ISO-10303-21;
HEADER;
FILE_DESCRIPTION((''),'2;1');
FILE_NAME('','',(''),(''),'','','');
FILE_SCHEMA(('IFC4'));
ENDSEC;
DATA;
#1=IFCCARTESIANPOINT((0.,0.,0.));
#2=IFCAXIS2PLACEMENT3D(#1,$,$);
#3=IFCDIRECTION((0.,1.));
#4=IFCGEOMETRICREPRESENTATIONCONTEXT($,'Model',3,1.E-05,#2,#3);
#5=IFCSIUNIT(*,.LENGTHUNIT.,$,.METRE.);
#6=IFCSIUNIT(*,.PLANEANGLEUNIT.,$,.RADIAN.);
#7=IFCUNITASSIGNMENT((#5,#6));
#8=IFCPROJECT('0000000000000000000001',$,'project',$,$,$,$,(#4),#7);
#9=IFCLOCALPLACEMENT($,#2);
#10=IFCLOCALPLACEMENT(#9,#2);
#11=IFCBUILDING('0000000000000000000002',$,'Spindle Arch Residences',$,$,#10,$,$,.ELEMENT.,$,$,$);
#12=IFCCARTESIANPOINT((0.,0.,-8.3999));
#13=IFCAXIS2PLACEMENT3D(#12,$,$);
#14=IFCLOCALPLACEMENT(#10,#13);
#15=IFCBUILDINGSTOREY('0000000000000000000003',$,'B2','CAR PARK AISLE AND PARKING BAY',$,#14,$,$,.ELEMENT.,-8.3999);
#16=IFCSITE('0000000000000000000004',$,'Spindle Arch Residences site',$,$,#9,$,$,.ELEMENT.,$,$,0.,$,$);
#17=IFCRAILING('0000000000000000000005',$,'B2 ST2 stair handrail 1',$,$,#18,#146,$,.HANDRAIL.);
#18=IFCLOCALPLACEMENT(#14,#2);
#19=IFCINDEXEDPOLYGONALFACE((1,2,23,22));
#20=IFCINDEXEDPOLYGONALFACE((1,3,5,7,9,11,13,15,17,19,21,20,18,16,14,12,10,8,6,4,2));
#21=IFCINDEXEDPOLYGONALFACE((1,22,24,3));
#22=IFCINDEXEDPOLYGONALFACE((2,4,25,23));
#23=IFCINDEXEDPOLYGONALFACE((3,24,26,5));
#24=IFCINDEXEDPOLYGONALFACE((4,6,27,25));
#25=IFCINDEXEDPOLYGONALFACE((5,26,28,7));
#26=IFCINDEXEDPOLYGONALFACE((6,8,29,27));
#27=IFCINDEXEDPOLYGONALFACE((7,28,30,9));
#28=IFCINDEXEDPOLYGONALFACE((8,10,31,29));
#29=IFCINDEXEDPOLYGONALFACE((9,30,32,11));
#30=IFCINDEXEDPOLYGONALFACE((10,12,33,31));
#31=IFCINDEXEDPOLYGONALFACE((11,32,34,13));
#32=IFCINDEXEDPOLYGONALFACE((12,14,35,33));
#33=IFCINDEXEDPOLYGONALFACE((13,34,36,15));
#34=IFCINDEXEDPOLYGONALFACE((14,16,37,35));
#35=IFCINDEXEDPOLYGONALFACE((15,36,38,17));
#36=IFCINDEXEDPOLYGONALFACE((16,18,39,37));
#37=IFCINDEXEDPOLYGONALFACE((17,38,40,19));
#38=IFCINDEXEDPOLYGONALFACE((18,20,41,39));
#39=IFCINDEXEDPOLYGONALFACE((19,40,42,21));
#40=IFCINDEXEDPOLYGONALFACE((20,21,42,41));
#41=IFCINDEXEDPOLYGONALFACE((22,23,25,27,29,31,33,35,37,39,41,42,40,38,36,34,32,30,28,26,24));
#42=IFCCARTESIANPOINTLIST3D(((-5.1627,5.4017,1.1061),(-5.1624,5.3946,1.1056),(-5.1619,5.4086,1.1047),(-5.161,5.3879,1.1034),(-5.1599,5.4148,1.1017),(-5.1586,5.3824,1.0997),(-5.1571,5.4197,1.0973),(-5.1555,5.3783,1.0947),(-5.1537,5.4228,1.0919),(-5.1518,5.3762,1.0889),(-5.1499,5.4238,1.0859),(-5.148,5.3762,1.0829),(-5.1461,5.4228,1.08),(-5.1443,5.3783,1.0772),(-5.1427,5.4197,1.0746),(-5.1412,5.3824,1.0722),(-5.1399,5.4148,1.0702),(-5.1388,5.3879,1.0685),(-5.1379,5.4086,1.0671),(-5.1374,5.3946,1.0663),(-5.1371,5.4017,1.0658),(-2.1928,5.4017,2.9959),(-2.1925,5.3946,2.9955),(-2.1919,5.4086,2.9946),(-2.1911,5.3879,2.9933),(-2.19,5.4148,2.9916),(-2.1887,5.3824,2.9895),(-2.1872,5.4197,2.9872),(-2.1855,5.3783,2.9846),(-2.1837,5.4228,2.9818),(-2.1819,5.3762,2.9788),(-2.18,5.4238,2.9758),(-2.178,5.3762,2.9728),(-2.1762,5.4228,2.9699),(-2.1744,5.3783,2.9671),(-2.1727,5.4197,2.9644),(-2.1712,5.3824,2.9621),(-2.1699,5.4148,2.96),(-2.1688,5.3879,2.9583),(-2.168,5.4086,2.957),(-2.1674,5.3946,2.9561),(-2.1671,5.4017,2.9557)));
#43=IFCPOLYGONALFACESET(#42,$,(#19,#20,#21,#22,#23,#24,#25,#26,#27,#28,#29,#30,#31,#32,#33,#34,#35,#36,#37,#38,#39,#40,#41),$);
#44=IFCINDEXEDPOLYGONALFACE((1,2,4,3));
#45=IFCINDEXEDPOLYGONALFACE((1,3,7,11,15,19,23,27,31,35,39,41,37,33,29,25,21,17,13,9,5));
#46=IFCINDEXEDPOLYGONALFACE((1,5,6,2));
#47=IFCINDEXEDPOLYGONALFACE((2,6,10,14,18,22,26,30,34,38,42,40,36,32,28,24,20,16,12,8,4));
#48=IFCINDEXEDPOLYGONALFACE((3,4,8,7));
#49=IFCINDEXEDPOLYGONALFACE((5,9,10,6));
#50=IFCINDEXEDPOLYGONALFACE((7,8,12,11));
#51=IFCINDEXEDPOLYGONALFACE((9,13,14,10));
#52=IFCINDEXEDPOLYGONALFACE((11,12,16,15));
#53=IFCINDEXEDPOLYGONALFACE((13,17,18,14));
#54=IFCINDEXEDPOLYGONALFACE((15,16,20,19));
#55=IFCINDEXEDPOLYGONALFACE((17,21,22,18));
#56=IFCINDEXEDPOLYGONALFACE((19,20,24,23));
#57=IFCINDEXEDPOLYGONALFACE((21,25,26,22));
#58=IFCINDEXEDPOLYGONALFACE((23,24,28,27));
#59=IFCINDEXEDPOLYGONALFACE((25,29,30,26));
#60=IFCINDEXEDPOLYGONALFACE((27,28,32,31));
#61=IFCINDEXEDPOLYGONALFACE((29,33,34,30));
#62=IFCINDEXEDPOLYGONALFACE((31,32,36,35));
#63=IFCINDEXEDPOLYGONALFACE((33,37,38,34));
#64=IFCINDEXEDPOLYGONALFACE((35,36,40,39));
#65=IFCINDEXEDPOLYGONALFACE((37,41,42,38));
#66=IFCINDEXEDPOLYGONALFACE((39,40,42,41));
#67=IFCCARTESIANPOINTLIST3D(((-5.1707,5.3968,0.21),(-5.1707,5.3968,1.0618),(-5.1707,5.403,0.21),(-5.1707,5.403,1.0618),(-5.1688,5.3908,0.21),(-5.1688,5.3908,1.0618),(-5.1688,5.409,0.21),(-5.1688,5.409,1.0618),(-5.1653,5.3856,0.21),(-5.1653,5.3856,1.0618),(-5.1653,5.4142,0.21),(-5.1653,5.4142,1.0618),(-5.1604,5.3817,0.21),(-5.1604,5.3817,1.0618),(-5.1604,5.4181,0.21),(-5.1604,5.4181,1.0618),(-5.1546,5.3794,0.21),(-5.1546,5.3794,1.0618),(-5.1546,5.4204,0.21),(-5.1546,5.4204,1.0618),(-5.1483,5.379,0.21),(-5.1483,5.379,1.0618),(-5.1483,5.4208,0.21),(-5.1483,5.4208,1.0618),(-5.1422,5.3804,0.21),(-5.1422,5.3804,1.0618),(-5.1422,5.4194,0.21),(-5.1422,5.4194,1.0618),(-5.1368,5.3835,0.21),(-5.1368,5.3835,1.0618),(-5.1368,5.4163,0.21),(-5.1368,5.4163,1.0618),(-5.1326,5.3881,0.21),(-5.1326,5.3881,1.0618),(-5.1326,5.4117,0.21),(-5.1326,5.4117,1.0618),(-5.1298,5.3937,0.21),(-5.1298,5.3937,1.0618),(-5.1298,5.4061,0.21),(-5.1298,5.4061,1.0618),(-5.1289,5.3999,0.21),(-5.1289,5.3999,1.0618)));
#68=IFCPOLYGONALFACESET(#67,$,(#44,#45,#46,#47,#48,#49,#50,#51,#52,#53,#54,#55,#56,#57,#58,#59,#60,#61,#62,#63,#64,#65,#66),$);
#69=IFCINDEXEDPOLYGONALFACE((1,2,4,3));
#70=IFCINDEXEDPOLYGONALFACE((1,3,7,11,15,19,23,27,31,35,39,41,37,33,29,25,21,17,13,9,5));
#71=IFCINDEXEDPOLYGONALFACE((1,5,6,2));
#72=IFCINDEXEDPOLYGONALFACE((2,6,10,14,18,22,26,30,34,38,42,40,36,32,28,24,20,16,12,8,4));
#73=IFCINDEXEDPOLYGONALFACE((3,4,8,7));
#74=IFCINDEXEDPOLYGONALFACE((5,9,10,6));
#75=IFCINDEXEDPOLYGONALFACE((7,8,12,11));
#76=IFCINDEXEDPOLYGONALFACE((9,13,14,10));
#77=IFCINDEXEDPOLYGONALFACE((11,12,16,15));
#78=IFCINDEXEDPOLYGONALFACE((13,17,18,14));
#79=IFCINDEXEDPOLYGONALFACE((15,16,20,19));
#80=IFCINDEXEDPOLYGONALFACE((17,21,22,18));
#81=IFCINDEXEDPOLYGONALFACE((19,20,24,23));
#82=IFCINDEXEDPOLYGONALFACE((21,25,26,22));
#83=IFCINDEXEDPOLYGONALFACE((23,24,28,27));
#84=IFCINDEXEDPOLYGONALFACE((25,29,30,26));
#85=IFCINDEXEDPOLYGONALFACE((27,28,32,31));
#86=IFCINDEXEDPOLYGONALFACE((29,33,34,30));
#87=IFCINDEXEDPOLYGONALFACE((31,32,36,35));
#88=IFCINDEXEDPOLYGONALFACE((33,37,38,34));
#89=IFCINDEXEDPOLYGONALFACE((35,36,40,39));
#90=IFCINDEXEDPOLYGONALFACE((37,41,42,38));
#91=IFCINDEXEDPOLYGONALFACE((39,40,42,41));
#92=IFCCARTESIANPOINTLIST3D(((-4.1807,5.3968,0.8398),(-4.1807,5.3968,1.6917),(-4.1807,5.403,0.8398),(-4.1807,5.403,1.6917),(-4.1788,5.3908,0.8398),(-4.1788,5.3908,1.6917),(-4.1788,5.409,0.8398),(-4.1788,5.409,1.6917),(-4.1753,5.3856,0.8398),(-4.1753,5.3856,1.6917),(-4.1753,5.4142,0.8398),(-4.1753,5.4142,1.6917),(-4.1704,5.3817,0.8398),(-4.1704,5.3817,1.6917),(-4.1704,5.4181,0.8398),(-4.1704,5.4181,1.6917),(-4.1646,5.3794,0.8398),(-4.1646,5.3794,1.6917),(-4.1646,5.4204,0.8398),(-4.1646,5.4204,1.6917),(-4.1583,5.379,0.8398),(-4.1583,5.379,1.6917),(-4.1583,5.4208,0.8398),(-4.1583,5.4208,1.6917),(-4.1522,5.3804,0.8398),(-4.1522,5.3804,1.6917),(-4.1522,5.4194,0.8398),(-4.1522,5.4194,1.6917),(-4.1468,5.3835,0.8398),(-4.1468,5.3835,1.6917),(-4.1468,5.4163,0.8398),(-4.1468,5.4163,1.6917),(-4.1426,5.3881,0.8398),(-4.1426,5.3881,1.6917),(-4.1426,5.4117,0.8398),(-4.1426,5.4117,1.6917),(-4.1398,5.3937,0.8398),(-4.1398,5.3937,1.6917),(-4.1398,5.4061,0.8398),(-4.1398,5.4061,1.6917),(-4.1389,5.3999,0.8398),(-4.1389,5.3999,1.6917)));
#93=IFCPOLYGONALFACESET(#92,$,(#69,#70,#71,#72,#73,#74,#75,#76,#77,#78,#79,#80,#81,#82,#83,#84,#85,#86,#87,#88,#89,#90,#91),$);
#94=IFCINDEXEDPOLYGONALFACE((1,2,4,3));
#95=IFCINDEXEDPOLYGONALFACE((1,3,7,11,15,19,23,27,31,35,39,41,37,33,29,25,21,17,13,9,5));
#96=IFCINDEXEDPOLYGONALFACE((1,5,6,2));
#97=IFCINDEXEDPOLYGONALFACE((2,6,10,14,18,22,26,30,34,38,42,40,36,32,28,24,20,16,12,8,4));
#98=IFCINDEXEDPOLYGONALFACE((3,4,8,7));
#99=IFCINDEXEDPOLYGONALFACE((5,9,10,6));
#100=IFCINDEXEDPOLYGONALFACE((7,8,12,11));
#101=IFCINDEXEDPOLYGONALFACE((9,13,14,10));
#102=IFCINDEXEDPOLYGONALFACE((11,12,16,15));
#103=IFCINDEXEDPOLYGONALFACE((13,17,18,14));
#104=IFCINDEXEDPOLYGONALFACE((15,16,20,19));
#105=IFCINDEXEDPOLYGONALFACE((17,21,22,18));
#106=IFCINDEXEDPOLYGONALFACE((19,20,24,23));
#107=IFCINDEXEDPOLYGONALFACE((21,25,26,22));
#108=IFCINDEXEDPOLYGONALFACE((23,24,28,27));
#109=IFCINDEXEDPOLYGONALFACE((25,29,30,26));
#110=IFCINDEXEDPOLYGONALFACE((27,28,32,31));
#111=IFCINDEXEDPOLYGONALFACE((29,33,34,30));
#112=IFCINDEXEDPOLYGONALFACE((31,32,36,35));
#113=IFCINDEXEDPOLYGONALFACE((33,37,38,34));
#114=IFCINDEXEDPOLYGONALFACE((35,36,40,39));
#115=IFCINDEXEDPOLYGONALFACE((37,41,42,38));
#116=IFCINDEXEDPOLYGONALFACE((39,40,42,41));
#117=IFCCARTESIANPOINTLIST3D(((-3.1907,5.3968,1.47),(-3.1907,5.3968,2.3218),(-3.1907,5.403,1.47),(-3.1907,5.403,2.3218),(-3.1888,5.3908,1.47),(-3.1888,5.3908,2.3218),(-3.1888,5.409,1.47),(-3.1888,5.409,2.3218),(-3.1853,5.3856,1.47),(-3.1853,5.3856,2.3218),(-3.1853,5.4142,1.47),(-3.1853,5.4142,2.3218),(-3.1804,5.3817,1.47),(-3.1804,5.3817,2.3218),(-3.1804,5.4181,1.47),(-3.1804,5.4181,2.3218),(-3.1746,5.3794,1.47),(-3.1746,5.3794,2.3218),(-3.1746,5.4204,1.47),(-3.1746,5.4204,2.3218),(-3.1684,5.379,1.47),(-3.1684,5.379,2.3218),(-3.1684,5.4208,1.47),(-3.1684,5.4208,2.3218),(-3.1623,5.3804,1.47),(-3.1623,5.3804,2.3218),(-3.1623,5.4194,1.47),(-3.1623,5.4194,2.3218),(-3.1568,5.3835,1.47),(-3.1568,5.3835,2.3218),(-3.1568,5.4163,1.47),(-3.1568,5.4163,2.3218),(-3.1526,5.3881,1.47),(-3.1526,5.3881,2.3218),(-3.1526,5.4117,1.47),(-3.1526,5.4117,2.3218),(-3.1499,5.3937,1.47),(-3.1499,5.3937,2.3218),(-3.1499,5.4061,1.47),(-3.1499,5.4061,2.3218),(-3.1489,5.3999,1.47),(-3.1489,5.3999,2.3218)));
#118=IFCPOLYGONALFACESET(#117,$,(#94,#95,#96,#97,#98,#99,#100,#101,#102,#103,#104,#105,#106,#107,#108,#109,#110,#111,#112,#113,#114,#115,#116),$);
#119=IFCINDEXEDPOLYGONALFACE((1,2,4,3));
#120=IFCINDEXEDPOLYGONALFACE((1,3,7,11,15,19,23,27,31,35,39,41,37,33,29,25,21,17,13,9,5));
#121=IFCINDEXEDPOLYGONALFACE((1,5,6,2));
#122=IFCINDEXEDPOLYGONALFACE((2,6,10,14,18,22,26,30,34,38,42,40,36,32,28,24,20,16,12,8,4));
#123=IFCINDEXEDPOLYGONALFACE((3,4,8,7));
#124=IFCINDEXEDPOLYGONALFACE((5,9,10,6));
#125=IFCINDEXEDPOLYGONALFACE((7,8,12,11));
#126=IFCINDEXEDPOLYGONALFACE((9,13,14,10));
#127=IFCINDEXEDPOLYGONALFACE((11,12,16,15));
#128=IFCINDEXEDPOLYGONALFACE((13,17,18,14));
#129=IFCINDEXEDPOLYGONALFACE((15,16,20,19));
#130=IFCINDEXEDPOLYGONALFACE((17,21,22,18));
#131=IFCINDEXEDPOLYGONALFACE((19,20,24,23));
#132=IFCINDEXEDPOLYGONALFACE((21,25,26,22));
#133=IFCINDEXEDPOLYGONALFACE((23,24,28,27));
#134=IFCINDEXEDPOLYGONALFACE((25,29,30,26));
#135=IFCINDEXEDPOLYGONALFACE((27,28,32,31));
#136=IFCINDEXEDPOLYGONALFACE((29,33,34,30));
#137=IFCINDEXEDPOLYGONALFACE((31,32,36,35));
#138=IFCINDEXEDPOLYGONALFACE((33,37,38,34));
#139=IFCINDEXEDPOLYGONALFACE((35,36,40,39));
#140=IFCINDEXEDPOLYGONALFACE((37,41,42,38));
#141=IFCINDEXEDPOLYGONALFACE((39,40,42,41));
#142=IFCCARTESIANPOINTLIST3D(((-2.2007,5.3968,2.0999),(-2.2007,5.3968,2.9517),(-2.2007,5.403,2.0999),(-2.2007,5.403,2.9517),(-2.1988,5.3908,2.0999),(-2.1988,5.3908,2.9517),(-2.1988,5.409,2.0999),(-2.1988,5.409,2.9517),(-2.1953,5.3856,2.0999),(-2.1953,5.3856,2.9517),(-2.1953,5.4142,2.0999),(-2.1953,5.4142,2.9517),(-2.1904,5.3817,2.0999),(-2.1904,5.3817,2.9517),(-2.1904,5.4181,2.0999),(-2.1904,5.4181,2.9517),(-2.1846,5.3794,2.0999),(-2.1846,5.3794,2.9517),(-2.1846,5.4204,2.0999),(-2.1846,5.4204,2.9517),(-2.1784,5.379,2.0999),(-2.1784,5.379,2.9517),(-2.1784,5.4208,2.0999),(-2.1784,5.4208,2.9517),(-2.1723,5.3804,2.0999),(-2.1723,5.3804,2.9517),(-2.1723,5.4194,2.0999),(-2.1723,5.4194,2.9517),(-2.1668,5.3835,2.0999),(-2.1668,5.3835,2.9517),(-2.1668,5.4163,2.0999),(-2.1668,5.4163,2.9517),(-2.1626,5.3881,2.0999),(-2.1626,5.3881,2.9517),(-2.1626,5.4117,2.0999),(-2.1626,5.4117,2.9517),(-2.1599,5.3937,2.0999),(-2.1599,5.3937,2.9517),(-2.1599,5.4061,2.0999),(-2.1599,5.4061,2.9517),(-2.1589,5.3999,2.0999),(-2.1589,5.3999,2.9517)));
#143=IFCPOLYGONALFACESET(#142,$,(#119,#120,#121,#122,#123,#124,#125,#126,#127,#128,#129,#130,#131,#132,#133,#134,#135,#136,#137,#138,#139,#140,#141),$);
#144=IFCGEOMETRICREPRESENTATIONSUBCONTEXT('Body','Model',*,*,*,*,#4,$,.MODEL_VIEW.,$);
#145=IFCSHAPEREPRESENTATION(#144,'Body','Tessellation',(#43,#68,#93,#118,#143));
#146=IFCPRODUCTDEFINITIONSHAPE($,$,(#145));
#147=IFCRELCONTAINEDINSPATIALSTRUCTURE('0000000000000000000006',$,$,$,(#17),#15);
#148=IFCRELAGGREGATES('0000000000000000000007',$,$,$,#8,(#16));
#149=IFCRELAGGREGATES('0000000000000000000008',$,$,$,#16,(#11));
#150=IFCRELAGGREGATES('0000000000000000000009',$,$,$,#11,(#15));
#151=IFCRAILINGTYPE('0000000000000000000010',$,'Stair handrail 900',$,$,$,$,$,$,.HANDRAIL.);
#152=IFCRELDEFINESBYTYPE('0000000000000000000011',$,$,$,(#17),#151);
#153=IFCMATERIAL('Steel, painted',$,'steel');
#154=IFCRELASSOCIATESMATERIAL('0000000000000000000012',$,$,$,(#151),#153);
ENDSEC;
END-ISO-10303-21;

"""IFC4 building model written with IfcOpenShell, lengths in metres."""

from ifc_helpers import new_model, si_unit, direction, frame, origin, origin_2d, place, context, subcontext, project, spatial, circle, extrude, material, type_object, element, save


model = new_model("IFC4")

# Units and contexts
model_context = context("Model", 3, precision=1e-05, world=origin(), true_north=direction((0.0, 1.0)))
body_context = subcontext(model_context, "Body", "Model", "MODEL_VIEW")
ifc_project = project(units=[si_unit("LENGTHUNIT", "METRE"), si_unit("PLANEANGLEUNIT", "RADIAN")], contexts=[model_context])

# Site, building, storey
site_placement = place(None, origin())
site = spatial("IfcSite", under=ifc_project, at=site_placement, Name="Spindle Arch Residences site", CompositionType="ELEMENT", RefElevation=0.0)
building_placement = place(site_placement, origin())
building = spatial("IfcBuilding", under=site, at=building_placement, Name="Spindle Arch Residences", CompositionType="ELEMENT")
storey_placement = place(building_placement, frame((0.0, 0.0, -8.3999)))
storey = spatial("IfcBuildingStorey", under=building, at=storey_placement, Name="B2", Description="CAR PARK AISLE AND PARKING BAY", CompositionType="ELEMENT", Elevation=-8.3999)

# Railing
ifc_material_1 = material(Name="Steel, painted", Category="steel")
railing_type_1 = type_object("IfcRailingType", Name="Stair handrail 900", PredefinedType="HANDRAIL", material=ifc_material_1)
railing_1_placement = place(storey_placement, frame((-5.1499, 5.3999, 0.21)))
element("IfcRailing", 1, at=railing_1_placement, inside=storey, type_object=railing_type_1, Name="B2 ST2 stair handrail 1", PredefinedType="HANDRAIL", context=body_context, shape_type="SweptSolid", body=[
    extrude(circle(Radius=0.0239, at=origin_2d()), frame((0.0, 0.0, 0.876), z_axis=(0.843673, 0.0, 0.536858), x_axis=(0.0, 1.0, 0.0)), (0.0, 0.0, 1.0), 3.5203),
    extrude(circle(Radius=0.021, at=origin_2d()), origin(), (0.0, 0.0, 1.0), 0.8518),
    extrude(circle(Radius=0.021, at=origin_2d()), frame((0.99, 0.0, 0.6299)), (0.0, 0.0, 1.0), 0.8518),
    extrude(circle(Radius=0.021, at=origin_2d()), frame((1.98, 0.0, 1.26)), (0.0, 0.0, 1.0), 0.8518),
    extrude(circle(Radius=0.021, at=origin_2d()), frame((2.97, 0.0, 1.8899)), (0.0, 0.0, 1.0), 0.8518),
])

save(model, "model.ifc")
